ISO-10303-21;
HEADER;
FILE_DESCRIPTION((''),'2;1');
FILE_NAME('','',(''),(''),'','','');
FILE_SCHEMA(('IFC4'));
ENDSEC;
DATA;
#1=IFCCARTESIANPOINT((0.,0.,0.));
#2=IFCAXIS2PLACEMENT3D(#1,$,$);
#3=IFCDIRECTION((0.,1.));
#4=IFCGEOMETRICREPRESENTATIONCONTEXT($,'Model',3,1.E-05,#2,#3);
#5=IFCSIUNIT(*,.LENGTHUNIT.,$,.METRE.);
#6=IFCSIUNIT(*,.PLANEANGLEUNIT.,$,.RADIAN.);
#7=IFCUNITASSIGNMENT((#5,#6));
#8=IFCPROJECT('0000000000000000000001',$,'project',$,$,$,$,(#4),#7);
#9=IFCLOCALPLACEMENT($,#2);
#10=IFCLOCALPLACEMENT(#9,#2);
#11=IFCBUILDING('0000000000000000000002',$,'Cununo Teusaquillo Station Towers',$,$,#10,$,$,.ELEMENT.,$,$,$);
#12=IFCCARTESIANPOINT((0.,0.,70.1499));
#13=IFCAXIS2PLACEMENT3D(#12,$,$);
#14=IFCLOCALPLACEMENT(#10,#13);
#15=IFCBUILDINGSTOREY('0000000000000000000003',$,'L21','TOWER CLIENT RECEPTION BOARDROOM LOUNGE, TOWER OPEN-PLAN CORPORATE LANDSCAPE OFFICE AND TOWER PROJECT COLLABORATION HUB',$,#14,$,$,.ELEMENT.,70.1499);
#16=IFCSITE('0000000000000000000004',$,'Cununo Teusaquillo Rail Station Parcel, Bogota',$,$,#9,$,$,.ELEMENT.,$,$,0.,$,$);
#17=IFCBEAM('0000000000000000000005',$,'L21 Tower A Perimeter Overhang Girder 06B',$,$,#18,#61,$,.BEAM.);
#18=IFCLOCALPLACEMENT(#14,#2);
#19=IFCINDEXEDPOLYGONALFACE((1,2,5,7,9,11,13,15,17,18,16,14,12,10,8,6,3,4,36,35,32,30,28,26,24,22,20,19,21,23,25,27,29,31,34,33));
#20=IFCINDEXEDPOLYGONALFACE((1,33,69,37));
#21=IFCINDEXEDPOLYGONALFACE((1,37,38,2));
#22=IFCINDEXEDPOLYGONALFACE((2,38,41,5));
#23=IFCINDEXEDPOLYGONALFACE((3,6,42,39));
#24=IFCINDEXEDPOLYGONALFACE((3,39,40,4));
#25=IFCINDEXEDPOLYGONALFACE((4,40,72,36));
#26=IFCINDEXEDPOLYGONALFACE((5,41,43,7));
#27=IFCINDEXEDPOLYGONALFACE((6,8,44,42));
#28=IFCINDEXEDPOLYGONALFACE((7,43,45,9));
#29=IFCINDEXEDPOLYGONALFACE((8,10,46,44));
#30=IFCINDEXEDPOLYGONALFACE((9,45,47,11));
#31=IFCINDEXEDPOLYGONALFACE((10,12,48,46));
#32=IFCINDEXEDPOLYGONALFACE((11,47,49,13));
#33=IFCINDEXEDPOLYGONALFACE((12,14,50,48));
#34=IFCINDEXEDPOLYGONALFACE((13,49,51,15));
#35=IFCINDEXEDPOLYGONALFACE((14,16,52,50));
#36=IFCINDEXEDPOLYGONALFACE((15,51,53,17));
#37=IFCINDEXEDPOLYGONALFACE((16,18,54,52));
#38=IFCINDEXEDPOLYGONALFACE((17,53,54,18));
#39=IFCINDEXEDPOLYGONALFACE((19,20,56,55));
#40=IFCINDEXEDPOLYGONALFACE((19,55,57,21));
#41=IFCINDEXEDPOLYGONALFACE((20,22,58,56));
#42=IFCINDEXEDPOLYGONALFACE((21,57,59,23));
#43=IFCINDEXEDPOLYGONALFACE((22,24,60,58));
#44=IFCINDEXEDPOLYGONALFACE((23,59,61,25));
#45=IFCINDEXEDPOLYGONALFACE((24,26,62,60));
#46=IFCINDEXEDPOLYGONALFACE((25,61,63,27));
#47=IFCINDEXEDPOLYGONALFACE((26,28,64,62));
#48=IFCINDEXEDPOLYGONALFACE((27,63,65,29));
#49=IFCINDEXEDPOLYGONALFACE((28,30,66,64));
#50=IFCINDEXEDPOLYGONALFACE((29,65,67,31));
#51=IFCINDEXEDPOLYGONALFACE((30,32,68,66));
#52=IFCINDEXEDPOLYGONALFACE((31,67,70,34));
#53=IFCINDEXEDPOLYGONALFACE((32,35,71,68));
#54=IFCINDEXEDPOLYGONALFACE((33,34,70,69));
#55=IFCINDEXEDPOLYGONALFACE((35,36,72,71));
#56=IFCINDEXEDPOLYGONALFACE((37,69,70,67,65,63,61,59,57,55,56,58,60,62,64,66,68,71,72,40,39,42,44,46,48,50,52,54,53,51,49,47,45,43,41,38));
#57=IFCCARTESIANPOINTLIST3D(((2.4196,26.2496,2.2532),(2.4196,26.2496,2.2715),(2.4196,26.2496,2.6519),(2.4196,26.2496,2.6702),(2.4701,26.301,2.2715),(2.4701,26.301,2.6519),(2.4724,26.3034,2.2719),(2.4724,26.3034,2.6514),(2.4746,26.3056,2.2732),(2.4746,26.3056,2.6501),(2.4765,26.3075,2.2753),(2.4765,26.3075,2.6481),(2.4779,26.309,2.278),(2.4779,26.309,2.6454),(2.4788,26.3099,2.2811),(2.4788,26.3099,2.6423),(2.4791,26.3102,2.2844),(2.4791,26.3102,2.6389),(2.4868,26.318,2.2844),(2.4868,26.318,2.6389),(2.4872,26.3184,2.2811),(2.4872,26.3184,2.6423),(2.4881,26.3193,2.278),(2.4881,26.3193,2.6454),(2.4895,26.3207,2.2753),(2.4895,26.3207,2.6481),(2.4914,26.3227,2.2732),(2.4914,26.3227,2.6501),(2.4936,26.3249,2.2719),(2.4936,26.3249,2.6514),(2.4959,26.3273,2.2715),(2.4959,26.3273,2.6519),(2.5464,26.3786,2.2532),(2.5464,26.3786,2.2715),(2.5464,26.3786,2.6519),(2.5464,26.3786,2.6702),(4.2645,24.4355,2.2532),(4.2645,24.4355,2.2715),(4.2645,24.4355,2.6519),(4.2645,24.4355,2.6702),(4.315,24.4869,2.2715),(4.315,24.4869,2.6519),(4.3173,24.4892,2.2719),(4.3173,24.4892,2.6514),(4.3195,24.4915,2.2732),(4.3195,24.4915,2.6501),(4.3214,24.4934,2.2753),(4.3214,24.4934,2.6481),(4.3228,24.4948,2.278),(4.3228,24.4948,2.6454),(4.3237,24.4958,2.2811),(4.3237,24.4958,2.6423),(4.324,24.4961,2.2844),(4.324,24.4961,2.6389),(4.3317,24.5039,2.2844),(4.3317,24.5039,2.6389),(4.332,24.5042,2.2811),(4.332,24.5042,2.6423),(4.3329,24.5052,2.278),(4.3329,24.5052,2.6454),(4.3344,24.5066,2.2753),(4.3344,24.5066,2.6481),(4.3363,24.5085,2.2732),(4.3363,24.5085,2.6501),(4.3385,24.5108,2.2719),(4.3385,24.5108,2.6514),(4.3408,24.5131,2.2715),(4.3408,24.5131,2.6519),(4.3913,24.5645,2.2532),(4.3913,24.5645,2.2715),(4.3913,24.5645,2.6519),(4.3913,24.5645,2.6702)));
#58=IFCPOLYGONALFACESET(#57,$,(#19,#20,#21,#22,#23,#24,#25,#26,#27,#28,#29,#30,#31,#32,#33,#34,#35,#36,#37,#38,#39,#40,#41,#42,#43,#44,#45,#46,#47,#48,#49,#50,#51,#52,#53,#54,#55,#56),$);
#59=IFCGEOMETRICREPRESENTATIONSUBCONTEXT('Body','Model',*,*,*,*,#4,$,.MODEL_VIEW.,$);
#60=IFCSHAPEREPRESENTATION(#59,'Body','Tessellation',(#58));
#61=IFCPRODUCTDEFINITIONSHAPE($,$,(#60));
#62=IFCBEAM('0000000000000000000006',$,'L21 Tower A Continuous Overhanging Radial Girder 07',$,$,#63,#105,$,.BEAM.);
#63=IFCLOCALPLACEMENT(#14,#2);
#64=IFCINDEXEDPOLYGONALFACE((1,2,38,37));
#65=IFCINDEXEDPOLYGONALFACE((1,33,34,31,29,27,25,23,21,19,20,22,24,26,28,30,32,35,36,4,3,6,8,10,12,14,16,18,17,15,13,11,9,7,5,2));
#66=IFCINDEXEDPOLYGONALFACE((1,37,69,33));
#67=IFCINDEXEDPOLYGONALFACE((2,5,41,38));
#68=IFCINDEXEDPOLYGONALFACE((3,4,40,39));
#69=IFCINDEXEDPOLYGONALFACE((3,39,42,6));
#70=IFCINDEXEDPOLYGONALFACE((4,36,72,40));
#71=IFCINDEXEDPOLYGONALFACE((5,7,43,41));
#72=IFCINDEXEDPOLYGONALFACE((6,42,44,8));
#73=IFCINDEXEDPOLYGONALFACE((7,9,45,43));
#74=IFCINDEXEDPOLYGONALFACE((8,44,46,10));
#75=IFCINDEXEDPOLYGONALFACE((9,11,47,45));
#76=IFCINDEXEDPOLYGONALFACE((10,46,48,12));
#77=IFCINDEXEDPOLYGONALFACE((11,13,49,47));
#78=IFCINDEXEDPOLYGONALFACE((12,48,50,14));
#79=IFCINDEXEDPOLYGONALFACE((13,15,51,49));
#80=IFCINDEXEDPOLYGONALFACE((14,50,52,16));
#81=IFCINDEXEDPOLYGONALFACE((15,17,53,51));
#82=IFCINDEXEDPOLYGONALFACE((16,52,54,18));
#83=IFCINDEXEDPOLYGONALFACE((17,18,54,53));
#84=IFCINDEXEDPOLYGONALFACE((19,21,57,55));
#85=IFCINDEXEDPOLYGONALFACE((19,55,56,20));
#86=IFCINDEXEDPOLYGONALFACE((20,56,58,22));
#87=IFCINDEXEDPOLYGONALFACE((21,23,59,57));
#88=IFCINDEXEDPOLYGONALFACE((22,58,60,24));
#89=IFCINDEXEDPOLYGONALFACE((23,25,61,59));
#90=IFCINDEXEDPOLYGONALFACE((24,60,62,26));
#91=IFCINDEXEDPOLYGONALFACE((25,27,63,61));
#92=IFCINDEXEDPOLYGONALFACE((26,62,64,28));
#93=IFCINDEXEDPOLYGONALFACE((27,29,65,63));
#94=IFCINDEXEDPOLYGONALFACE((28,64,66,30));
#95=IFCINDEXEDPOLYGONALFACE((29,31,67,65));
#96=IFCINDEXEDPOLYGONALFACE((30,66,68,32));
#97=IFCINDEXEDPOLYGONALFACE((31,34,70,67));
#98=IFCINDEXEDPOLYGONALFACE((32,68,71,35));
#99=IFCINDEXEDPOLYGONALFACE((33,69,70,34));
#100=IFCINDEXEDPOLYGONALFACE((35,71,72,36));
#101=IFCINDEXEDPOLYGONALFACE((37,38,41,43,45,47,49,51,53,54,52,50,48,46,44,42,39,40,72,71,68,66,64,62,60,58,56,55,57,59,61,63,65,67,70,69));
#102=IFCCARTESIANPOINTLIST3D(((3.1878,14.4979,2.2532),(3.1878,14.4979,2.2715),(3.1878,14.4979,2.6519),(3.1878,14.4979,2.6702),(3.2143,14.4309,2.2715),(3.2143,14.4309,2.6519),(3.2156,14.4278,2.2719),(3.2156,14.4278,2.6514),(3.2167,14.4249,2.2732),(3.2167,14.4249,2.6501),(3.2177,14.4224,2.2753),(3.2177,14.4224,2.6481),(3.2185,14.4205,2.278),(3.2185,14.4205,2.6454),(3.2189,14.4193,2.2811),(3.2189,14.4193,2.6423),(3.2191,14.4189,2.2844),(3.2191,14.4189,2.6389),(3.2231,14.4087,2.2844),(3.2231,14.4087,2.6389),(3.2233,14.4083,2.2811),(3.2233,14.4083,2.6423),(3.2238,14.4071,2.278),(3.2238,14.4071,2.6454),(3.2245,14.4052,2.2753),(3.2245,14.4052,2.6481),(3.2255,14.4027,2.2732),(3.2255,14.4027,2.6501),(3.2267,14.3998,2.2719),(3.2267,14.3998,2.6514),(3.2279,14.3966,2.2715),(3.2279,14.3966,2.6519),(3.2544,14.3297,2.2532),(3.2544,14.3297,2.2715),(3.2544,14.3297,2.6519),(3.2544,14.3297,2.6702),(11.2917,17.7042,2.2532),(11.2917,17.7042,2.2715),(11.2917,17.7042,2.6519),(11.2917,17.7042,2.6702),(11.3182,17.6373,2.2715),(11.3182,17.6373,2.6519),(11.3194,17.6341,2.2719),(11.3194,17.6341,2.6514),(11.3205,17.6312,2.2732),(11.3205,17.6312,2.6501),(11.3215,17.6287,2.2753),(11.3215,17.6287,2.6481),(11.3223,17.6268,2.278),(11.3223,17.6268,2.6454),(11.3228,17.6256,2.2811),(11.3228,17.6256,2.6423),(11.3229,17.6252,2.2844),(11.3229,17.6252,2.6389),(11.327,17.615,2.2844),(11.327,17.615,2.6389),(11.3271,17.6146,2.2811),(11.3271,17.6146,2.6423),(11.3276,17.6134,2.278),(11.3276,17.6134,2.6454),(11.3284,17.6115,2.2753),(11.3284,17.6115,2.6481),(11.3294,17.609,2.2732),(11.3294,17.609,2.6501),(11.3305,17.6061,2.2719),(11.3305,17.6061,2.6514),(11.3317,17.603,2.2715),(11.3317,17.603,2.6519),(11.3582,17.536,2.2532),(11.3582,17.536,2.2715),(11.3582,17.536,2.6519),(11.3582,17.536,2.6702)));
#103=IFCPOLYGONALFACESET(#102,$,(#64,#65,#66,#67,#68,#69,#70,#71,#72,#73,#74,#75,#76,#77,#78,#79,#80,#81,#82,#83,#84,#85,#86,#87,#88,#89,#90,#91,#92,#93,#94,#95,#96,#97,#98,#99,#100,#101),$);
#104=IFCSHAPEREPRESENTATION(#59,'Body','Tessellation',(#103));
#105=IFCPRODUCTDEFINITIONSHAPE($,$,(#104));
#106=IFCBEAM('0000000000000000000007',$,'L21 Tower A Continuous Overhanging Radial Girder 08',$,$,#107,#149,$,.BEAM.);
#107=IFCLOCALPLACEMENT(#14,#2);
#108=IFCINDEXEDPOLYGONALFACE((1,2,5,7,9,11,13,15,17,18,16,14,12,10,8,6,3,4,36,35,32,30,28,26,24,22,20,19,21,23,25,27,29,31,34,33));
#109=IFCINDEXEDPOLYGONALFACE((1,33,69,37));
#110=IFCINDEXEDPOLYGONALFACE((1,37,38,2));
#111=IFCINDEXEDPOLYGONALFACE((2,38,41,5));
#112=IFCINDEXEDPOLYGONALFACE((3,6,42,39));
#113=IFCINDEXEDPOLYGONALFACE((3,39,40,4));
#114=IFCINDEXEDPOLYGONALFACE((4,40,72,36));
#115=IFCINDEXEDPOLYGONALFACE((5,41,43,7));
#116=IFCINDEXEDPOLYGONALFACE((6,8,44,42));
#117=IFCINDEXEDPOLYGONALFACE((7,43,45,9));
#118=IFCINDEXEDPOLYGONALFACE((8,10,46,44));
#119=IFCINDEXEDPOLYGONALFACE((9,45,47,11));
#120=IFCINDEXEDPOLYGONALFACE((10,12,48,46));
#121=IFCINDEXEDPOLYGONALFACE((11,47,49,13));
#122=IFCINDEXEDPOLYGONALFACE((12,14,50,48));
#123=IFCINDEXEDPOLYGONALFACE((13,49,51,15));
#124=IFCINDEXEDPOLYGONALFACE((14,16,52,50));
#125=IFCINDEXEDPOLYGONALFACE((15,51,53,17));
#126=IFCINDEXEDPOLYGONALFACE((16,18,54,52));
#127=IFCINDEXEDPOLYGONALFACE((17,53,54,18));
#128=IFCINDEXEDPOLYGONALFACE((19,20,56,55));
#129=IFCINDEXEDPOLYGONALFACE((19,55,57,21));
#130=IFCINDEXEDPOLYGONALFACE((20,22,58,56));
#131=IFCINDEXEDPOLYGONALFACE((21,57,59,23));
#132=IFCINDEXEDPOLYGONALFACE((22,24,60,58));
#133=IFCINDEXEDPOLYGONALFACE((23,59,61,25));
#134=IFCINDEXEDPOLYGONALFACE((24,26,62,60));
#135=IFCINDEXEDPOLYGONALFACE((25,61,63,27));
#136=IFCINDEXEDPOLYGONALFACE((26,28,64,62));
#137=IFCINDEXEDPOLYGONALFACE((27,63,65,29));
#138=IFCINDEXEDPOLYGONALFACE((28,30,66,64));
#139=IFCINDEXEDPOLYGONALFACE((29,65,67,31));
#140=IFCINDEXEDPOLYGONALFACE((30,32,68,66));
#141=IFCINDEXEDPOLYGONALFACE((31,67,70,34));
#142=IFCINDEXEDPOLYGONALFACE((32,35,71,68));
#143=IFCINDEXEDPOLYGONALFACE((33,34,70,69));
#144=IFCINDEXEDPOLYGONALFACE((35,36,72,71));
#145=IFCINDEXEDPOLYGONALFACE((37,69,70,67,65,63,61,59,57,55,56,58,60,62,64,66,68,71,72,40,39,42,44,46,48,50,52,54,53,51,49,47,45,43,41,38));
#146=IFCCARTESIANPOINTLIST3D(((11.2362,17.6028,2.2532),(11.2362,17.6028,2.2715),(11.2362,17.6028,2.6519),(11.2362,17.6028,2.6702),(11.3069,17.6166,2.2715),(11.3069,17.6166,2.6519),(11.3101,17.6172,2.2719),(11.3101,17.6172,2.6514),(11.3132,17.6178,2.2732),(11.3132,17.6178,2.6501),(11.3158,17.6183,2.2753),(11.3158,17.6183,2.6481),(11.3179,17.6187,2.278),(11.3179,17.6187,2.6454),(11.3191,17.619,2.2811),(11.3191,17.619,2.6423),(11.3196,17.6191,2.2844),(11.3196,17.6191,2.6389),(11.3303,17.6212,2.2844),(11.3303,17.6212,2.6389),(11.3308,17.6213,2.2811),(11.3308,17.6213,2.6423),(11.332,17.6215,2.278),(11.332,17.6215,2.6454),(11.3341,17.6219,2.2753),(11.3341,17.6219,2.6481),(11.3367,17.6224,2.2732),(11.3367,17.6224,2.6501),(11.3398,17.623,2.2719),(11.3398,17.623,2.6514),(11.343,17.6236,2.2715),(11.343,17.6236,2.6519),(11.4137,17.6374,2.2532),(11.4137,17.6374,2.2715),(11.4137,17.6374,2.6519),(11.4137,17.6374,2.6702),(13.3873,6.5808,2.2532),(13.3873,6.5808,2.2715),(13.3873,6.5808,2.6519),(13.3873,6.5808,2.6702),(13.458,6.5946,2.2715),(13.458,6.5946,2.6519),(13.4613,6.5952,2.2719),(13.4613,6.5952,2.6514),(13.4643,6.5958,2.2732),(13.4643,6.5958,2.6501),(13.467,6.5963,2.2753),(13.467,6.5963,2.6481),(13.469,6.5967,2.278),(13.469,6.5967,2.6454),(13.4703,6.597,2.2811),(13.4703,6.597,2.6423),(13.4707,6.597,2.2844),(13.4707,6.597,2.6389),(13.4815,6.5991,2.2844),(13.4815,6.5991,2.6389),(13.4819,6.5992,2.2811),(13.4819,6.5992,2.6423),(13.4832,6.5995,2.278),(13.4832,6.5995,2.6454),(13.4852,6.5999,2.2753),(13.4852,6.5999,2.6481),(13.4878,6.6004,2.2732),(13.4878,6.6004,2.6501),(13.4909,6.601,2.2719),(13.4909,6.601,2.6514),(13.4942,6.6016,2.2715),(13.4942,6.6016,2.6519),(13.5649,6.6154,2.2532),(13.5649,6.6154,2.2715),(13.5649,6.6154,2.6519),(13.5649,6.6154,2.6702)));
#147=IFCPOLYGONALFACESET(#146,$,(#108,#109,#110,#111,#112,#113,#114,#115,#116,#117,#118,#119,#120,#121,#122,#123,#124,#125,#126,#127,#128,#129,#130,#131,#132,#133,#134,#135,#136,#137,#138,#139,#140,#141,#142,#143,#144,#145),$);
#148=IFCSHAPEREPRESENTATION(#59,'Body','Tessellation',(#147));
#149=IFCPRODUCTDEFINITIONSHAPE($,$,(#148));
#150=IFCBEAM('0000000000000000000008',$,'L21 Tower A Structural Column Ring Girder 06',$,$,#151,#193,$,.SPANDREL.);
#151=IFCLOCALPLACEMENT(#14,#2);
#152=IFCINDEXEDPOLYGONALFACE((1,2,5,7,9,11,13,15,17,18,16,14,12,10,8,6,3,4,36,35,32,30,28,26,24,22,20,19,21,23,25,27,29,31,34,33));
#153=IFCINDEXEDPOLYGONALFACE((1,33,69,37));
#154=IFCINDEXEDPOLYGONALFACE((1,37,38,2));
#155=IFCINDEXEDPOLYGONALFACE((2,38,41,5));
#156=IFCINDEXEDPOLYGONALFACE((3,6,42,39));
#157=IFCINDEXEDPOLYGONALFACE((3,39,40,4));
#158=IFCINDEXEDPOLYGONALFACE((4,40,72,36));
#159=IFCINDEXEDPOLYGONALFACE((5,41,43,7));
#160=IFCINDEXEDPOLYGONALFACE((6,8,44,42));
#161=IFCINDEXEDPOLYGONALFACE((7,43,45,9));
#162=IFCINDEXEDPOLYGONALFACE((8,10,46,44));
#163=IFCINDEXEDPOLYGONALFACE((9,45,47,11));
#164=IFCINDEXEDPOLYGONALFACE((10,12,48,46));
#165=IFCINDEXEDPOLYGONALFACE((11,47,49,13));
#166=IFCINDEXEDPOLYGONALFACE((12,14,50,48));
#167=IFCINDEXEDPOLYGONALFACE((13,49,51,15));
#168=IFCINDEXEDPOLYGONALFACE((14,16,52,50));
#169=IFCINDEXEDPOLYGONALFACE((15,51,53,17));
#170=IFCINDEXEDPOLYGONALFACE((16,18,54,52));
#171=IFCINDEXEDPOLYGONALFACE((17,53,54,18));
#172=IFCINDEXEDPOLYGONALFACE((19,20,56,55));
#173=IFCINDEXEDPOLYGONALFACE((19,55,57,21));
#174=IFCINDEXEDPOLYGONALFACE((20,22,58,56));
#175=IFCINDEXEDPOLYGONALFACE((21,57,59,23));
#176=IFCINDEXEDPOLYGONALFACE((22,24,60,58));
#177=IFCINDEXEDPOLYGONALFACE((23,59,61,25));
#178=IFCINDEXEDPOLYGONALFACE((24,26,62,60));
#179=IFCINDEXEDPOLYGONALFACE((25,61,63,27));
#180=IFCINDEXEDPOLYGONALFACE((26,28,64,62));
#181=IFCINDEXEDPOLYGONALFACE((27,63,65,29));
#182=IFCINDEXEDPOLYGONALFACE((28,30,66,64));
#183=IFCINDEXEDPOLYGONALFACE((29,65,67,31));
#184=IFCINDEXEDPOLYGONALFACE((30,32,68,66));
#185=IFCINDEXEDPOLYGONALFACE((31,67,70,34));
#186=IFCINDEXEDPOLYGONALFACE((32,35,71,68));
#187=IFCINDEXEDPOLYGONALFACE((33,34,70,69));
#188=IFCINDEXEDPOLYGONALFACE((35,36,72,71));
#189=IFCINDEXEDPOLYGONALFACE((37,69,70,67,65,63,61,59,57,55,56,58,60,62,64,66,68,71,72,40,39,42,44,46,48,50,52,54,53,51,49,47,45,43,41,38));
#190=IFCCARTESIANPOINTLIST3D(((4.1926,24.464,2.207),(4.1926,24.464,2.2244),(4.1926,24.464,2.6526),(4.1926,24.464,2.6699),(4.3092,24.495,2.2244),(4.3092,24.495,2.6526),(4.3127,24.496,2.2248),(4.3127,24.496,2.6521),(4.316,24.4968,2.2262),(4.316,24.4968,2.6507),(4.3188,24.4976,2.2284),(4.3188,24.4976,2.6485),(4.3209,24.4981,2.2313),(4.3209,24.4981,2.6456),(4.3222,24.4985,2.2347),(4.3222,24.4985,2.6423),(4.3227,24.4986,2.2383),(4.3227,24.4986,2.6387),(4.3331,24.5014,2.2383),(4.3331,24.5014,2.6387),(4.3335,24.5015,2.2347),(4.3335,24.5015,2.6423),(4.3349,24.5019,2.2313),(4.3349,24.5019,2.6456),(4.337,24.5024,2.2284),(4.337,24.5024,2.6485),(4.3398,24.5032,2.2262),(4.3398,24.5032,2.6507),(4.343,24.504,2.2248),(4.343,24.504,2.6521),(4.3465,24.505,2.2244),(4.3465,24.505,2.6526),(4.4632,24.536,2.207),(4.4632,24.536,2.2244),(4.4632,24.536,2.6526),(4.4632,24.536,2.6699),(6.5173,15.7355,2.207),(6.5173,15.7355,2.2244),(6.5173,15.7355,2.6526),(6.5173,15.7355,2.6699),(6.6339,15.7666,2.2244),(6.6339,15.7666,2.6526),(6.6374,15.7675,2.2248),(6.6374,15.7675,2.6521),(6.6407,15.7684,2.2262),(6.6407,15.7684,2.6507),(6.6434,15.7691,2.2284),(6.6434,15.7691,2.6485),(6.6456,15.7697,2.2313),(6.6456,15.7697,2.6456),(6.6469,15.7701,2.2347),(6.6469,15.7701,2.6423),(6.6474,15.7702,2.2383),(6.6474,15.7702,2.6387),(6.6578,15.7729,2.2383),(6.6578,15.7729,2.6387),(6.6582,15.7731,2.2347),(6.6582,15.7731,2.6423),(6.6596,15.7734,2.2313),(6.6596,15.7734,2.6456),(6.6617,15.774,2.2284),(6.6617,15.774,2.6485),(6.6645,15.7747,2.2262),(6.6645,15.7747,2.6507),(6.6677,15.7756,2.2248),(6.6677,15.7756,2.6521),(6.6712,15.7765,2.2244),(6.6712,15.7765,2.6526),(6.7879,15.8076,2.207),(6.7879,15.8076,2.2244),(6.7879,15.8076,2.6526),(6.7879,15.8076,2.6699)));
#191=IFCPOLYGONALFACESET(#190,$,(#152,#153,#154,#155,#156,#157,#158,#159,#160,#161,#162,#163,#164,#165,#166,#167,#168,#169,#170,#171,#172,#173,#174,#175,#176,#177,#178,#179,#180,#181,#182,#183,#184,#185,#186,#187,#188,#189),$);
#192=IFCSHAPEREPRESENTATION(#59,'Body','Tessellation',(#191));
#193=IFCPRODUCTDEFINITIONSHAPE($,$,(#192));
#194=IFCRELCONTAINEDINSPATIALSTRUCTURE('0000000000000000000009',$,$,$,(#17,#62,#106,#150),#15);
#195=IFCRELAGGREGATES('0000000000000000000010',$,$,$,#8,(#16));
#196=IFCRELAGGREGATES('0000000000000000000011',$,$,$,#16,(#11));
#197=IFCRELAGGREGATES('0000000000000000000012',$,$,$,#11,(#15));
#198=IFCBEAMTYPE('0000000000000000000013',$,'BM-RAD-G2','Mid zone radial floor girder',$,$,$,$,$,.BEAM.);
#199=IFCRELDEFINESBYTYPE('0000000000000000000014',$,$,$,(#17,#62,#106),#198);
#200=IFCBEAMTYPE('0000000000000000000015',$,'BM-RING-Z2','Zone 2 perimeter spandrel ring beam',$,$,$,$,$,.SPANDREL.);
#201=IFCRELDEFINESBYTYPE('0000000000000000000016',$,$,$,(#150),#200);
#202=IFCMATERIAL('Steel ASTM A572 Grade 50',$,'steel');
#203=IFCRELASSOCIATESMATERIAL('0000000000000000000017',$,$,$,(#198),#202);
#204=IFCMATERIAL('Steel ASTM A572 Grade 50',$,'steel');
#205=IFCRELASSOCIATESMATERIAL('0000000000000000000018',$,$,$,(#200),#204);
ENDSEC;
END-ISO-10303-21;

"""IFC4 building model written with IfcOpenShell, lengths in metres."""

from ifc_helpers import new_model, si_unit, direction, frame, origin, origin_2d, place, context, subcontext, project, spatial, i_section, extrude, material, material_profile, profile_set, type_object, element, save


model = new_model("IFC4")

# Units and contexts
model_context = context("Model", 3, precision=1e-05, world=origin(), true_north=direction((0.0, 1.0)))
body_context = subcontext(model_context, "Body", "Model", "MODEL_VIEW")
ifc_project = project(units=[si_unit("LENGTHUNIT", "METRE"), si_unit("PLANEANGLEUNIT", "RADIAN")], contexts=[model_context])

# Site, building, storey
site_placement = place(None, origin())
site = spatial("IfcSite", under=ifc_project, at=site_placement, Name="Cununo Teusaquillo Rail Station Parcel, Bogota", CompositionType="ELEMENT", RefElevation=0.0)
building_placement = place(site_placement, origin())
building = spatial("IfcBuilding", under=site, at=building_placement, Name="Cununo Teusaquillo Station Towers", CompositionType="ELEMENT")
storey_placement = place(building_placement, frame((0.0, 0.0, 70.1499)))
storey = spatial("IfcBuildingStorey", under=building, at=storey_placement, Name="L21", Description="TOWER CLIENT RECEPTION BOARDROOM LOUNGE, TOWER OPEN-PLAN CORPORATE LANDSCAPE OFFICE AND TOWER PROJECT COLLABORATION HUB", CompositionType="ELEMENT", Elevation=70.1499)

# Beams
ifc_material_1 = material(Name="Steel ASTM A572 Grade 50", Category="steel")
ifc_material_profile_1 = material_profile(ifc_material_1, i_section(OverallWidth=0.1809, OverallDepth=0.417, WebThickness=0.011, FlangeThickness=0.0183, FilletRadius=0.0129, at=origin_2d()), Name="W16X57")
ifc_profile_set_1 = profile_set([ifc_material_profile_1], Name="Steel ASTM A572 Grade 50")
beam_type_1 = type_object("IfcBeamType", Name="BM-RAD-G2", Description="Mid zone radial floor girder", PredefinedType="BEAM", material=ifc_profile_set_1)
beam_1_placement = place(storey_placement, frame((4.3279, 24.5, 2.4617), z_axis=(-0.713026, 0.701138, 0.0), x_axis=(-0.701138, -0.713026, 0.0)))
element("IfcBeam", 1, at=beam_1_placement, inside=storey, type_object=beam_type_1, Name="L21 Tower A Perimeter Overhang Girder 06B", PredefinedType="BEAM", context=body_context, shape_type="SweptSolid", body=[
    extrude(i_section(OverallWidth=0.1809, OverallDepth=0.417, WebThickness=0.011, FlangeThickness=0.0183, FilletRadius=0.0129, at=origin_2d()), origin(), (0.0, 0.0, 1.0), 2.5874),
])
beam_2_placement = place(storey_placement, frame((11.325, 17.6201, 2.4617), z_axis=(-0.929863, -0.367906, 0.0), x_axis=(0.367906, -0.929863, 0.0)))
element("IfcBeam", 2, at=beam_2_placement, inside=storey, type_object=beam_type_1, Name="L21 Tower A Continuous Overhanging Radial Girder 07", PredefinedType="BEAM", context=body_context, shape_type="SweptSolid", body=[
    extrude(i_section(OverallWidth=0.1809, OverallDepth=0.417, WebThickness=0.011, FlangeThickness=0.0183, FilletRadius=0.0129, at=origin_2d()), origin(), (0.0, 0.0, 1.0), 8.7151),
])
beam_3_placement = place(storey_placement, frame((11.325, 17.6201, 2.4617), z_axis=(0.191553, -0.981482, 0.0), x_axis=(0.981482, 0.191553, 0.0)))
element("IfcBeam", 3, at=beam_3_placement, inside=storey, type_object=beam_type_1, Name="L21 Tower A Continuous Overhanging Radial Girder 08", PredefinedType="BEAM", context=body_context, shape_type="SweptSolid", body=[
    extrude(i_section(OverallWidth=0.1809, OverallDepth=0.417, WebThickness=0.011, FlangeThickness=0.0183, FilletRadius=0.0129, at=origin_2d()), origin(), (0.0, 0.0, 1.0), 11.23),
])
ifc_material_2 = material(Name="Steel ASTM A572 Grade 50", Category="steel")
ifc_material_profile_2 = material_profile(ifc_material_2, i_section(OverallWidth=0.28, OverallDepth=0.4629, WebThickness=0.0107, FlangeThickness=0.0173, FilletRadius=0.0139, at=origin_2d()), Name="W18X76")
ifc_profile_set_2 = profile_set([ifc_material_profile_2], Name="Steel ASTM A572 Grade 50")
beam_type_2 = type_object("IfcBeamType", Name="BM-RING-Z2", Description="Zone 2 perimeter spandrel ring beam", PredefinedType="SPANDREL", material=ifc_profile_set_2)
beam_4_placement = place(storey_placement, frame((4.3279, 24.5, 2.4385), z_axis=(0.257363, -0.966315, 0.0), x_axis=(0.966315, 0.257363, 0.0)))
element("IfcBeam", 4, at=beam_4_placement, inside=storey, type_object=beam_type_2, Name="L21 Tower A Structural Column Ring Girder 06", PredefinedType="SPANDREL", context=body_context, shape_type="SweptSolid", body=[
    extrude(i_section(OverallWidth=0.28, OverallDepth=0.4629, WebThickness=0.0107, FlangeThickness=0.0173, FilletRadius=0.0139, at=origin_2d()), origin(), (0.0, 0.0, 1.0), 9.0327),
])

save(model, "model.ifc")
